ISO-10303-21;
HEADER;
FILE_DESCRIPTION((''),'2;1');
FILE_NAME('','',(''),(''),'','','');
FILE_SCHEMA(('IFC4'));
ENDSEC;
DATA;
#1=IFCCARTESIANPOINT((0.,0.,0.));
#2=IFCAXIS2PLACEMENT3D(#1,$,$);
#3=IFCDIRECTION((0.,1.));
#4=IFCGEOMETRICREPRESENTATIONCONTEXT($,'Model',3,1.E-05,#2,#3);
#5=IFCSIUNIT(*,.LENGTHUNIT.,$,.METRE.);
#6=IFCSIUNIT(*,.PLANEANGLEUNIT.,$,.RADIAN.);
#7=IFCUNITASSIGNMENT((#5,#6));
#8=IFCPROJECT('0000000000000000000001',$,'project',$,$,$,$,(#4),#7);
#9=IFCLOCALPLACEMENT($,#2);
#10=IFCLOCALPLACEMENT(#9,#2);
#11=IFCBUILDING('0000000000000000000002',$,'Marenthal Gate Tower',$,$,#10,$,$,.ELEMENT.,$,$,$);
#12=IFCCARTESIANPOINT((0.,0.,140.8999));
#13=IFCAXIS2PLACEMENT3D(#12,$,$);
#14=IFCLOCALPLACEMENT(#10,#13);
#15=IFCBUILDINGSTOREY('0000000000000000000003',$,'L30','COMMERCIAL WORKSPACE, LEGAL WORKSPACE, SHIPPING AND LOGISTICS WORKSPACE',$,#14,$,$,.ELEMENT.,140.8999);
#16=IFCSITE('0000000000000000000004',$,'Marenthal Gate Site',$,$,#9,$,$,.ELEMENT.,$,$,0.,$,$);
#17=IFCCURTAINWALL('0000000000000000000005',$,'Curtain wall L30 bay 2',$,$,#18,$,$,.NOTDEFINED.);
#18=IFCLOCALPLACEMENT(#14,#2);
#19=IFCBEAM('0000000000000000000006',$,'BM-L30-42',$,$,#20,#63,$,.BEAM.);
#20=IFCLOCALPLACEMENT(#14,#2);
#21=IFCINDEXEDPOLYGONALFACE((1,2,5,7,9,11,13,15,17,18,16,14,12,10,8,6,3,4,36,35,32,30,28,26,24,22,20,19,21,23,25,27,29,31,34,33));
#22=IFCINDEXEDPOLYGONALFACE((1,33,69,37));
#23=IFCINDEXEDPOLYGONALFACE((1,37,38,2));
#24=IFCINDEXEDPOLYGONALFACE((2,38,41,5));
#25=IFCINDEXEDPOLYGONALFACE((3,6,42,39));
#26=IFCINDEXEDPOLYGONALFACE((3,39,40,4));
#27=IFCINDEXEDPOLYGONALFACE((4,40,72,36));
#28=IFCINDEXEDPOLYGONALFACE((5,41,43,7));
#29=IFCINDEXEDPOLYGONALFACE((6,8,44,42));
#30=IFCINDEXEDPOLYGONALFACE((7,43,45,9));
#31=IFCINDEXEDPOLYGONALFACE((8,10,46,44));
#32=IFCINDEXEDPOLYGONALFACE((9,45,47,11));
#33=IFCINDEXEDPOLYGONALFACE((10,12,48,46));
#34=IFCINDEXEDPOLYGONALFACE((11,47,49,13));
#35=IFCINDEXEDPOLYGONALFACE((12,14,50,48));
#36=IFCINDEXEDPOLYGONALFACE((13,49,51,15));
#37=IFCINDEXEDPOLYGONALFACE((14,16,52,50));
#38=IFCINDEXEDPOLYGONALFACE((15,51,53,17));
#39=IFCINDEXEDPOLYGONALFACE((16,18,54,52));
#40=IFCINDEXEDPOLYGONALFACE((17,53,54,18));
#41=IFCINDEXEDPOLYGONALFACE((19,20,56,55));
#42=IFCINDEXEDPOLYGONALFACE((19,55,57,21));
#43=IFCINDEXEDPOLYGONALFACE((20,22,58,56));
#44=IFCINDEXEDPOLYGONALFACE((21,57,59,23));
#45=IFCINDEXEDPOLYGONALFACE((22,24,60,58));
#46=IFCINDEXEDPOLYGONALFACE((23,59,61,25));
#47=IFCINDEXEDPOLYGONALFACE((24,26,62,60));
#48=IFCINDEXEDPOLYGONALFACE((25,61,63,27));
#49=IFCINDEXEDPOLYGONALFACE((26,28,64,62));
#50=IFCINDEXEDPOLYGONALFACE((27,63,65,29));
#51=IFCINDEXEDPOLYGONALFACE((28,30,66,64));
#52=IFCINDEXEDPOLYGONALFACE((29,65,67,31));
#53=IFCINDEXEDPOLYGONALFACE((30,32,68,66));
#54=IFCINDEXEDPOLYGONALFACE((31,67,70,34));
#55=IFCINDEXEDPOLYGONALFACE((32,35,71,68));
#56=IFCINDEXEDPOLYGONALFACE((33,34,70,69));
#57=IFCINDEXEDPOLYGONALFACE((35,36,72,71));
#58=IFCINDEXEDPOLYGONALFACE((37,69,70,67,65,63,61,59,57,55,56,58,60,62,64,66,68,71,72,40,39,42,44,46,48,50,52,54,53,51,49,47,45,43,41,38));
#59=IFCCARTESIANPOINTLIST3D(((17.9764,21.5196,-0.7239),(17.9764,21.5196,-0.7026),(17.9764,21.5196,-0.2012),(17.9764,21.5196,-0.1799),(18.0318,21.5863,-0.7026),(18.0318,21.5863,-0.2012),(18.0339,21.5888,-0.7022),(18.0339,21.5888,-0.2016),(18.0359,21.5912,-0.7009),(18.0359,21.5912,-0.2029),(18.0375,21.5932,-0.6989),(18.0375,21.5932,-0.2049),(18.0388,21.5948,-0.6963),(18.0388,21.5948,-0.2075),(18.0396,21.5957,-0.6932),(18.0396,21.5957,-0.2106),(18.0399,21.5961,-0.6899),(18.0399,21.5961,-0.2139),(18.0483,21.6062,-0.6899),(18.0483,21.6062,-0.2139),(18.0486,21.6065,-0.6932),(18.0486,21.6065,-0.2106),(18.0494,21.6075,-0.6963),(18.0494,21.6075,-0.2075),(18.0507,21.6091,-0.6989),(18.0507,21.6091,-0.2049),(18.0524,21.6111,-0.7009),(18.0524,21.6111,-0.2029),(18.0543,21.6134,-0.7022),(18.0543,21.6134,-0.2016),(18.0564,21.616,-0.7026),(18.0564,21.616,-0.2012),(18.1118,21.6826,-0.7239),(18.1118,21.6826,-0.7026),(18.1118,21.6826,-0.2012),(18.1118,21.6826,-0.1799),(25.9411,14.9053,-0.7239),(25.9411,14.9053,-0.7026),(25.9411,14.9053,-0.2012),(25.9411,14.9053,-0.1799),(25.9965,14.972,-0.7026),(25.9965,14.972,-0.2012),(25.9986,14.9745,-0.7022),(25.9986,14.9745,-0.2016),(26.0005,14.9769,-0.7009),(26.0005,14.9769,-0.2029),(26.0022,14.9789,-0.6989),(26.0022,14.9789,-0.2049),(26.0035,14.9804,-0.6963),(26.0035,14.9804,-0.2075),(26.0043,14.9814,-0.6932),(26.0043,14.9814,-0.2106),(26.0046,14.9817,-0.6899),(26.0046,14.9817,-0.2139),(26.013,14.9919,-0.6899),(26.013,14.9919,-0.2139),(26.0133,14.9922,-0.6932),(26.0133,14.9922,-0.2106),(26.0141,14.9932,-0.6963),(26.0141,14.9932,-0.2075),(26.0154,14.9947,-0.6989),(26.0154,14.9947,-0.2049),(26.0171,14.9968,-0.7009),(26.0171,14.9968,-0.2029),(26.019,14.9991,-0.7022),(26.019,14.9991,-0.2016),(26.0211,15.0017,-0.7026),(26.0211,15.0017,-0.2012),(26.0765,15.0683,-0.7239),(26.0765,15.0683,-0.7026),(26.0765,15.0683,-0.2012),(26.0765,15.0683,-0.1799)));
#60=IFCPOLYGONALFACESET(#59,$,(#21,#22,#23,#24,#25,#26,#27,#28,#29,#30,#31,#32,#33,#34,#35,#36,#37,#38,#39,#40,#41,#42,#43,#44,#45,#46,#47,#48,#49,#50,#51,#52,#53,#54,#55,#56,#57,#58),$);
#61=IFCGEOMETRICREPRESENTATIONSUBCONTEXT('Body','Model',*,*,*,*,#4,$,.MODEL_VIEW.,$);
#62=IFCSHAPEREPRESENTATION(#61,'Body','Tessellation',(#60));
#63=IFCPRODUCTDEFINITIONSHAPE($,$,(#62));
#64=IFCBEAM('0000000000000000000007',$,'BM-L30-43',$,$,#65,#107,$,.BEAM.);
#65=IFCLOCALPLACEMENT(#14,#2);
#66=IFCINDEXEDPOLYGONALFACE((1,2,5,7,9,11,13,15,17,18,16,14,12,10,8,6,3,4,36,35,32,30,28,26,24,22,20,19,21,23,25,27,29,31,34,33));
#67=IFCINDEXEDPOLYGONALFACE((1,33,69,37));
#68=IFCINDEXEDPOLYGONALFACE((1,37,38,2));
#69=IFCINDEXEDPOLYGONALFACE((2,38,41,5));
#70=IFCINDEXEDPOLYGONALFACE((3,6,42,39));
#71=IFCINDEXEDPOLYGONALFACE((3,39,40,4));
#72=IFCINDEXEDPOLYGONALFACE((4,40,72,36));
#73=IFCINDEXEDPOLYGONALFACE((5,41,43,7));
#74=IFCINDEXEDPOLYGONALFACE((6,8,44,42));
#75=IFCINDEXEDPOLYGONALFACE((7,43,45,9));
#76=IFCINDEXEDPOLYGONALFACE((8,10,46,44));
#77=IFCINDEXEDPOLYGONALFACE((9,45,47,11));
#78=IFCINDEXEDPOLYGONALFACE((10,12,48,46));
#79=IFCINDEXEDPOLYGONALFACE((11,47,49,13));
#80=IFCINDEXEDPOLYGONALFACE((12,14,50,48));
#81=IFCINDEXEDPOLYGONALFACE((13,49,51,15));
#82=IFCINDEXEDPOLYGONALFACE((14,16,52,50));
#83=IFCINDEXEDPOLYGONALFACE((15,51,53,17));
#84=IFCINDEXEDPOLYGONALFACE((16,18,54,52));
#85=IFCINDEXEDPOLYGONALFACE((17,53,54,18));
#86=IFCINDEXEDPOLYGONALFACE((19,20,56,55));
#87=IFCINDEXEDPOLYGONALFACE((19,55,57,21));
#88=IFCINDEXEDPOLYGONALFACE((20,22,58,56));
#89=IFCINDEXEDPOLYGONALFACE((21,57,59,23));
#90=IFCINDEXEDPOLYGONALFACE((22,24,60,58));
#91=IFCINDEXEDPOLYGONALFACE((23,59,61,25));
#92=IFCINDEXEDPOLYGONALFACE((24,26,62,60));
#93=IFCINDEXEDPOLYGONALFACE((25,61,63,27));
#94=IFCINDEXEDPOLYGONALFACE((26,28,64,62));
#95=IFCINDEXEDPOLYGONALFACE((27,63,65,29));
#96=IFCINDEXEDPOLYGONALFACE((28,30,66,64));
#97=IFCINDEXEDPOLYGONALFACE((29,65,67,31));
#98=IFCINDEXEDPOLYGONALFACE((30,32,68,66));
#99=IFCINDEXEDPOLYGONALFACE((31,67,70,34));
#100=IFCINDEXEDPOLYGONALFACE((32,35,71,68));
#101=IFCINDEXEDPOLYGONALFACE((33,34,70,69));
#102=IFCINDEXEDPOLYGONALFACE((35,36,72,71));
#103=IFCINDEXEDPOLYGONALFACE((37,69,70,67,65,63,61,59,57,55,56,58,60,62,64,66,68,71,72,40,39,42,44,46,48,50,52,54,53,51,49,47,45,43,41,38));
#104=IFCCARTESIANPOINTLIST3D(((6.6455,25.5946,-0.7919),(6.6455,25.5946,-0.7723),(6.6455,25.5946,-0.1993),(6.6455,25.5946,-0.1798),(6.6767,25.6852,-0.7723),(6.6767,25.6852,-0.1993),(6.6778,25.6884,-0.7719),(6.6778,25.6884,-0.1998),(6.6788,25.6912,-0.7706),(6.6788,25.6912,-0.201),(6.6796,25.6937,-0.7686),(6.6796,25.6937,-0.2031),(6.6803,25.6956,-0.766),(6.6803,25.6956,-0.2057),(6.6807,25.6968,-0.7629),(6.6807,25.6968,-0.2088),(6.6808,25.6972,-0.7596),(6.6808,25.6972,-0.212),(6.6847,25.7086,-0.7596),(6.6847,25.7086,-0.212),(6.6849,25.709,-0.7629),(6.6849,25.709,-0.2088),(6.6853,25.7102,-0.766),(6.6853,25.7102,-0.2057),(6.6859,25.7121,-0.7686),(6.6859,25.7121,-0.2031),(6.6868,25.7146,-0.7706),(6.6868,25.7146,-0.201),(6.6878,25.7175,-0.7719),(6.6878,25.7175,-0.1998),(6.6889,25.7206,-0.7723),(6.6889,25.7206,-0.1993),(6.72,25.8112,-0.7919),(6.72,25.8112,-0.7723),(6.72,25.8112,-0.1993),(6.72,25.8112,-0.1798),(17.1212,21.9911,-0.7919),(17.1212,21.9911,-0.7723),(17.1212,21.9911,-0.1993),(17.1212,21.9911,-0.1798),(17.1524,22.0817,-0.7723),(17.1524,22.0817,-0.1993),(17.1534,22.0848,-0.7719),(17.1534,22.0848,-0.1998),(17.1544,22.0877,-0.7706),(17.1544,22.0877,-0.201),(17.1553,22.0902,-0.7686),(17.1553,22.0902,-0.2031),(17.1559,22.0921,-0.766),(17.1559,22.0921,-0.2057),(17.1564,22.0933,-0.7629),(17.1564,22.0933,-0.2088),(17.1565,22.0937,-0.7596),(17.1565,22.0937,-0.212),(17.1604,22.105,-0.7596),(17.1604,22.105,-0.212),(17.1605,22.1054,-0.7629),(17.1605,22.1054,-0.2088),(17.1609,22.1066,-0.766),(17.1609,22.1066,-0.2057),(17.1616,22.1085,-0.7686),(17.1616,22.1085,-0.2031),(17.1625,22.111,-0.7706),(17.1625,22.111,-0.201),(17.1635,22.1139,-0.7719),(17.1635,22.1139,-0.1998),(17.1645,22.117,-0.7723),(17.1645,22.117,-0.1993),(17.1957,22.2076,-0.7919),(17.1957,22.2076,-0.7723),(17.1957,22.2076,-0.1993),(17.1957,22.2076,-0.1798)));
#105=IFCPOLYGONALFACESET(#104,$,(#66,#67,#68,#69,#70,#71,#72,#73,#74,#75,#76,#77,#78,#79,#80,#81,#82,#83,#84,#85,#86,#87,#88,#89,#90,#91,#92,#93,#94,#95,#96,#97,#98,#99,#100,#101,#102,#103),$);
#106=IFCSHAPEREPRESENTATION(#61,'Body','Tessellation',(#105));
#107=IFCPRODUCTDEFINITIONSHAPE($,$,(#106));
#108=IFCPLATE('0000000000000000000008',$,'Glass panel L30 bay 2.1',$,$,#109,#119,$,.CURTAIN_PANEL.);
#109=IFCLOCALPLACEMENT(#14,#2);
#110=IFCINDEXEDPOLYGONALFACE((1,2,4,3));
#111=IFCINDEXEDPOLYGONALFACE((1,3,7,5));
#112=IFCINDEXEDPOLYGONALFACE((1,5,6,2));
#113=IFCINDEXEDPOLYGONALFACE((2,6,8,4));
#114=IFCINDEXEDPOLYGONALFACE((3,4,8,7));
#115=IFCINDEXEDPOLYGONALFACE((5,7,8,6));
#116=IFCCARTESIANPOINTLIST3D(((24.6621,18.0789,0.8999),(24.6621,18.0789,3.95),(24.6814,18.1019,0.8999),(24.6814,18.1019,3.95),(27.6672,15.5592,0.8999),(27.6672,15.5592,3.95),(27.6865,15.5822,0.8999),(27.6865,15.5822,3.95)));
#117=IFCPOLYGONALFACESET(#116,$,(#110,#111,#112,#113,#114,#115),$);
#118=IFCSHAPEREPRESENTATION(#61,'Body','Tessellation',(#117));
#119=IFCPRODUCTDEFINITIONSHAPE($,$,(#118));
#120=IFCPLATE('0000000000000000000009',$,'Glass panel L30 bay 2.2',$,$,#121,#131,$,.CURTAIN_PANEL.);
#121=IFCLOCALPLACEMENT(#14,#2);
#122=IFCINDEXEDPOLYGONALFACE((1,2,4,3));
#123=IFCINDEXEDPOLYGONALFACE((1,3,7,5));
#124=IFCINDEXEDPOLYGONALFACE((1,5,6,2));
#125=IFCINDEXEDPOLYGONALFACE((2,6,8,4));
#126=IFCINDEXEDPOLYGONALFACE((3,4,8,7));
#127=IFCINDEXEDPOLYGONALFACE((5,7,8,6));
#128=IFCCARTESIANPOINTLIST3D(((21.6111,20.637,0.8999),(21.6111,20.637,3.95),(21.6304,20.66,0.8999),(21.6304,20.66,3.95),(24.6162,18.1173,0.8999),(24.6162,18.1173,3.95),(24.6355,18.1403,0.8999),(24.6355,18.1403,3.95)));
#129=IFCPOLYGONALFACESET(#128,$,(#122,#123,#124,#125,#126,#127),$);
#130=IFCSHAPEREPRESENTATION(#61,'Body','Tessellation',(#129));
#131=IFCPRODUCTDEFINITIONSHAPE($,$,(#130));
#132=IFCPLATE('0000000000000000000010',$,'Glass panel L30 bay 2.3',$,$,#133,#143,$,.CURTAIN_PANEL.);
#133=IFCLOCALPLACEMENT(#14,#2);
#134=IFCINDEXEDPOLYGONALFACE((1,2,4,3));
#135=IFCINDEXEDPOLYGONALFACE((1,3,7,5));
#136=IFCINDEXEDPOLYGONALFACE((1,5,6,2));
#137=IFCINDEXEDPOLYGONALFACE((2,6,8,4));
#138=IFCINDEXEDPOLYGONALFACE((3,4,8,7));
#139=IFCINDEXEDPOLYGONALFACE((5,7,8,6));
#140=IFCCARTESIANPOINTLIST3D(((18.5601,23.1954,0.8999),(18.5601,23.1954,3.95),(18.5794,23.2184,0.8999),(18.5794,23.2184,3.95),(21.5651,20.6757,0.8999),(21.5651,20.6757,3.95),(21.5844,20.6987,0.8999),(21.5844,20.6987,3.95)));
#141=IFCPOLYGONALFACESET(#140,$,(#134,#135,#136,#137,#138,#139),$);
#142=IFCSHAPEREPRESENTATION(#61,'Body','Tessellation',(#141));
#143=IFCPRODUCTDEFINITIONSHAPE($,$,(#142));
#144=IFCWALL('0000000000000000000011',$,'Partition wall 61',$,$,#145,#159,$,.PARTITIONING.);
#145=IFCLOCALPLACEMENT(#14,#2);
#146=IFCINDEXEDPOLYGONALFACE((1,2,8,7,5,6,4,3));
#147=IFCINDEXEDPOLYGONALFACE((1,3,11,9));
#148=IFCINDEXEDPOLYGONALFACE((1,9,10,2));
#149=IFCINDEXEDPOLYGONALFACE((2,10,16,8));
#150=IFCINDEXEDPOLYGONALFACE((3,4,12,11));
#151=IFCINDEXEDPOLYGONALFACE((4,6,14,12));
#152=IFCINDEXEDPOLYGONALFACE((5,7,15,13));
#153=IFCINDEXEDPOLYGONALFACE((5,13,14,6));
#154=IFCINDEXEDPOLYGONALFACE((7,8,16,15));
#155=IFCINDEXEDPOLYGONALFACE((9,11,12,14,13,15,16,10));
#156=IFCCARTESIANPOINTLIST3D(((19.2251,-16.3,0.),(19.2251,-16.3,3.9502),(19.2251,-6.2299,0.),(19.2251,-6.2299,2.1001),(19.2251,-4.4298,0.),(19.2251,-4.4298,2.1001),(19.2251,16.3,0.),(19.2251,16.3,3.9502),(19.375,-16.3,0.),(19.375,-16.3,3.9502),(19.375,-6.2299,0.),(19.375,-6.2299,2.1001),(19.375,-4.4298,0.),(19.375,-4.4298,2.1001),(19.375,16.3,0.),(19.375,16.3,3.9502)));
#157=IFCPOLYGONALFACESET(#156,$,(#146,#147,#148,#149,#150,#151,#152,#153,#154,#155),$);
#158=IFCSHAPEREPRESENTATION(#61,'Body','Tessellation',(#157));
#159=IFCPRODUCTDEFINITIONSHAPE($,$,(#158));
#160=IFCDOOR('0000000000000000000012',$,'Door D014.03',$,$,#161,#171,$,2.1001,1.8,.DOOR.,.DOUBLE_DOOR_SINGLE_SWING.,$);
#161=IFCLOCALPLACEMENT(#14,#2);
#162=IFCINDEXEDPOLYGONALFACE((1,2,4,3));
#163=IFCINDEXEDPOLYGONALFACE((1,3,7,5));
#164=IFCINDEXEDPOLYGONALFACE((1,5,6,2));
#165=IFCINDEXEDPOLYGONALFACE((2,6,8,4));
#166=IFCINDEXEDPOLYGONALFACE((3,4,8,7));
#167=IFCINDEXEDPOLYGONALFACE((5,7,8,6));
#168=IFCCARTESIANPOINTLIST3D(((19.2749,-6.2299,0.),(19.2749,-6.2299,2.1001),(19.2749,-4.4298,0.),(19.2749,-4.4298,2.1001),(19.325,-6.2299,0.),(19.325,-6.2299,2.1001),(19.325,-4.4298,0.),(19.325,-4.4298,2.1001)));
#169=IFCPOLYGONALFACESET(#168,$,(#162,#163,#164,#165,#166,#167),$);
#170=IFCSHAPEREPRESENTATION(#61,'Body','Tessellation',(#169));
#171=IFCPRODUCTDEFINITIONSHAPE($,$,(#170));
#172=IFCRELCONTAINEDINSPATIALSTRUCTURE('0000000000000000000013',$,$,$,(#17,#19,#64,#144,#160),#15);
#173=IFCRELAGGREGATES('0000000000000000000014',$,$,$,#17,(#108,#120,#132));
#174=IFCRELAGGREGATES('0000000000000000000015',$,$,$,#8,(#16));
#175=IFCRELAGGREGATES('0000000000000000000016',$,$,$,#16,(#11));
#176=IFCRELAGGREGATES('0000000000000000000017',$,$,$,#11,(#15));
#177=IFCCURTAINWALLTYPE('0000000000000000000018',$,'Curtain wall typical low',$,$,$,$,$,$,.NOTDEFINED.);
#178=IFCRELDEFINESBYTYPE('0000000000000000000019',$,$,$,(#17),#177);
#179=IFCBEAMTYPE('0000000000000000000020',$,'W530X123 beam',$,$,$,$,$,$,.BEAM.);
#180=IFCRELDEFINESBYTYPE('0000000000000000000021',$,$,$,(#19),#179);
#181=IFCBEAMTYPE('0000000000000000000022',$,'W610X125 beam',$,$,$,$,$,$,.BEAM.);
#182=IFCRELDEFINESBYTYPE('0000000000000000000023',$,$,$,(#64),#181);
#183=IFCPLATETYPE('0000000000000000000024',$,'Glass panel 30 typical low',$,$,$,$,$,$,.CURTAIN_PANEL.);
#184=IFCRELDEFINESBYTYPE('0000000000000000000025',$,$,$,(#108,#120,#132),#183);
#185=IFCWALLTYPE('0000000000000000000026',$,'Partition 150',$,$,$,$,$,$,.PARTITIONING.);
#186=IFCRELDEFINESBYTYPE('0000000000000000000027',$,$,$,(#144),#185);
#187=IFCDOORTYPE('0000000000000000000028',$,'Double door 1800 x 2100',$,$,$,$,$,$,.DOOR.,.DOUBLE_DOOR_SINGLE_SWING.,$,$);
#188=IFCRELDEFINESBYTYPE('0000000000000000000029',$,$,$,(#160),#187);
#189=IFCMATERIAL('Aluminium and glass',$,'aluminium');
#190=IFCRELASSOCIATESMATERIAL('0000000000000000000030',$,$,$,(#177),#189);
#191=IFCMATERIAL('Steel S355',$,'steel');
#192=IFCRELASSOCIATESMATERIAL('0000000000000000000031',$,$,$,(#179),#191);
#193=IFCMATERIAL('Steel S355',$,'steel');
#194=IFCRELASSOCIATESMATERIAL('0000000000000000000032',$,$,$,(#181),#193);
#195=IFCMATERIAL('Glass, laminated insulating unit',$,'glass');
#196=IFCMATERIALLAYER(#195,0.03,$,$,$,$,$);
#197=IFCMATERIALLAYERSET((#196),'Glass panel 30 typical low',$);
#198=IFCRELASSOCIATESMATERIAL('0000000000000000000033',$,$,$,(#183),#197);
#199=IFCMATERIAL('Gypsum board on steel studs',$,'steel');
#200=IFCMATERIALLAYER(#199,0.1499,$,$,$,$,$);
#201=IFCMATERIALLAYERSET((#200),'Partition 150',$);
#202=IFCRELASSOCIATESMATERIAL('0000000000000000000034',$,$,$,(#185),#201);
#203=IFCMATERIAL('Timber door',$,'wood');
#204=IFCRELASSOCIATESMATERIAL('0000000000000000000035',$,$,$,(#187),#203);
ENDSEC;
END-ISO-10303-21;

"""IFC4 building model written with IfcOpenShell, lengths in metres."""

from ifc_helpers import new_model, si_unit, direction, frame, frame_2d, origin, origin_2d, place, context, subcontext, project, spatial, rectangle, i_section, extrude, material, layer, layer_set, material_profile, profile_set, type_object, element, fill, aggregate, save


model = new_model("IFC4")

# Units and contexts
model_context = context("Model", 3, precision=1e-05, world=origin(), true_north=direction((0.0, 1.0)))
body_context = subcontext(model_context, "Body", "Model", "MODEL_VIEW")
ifc_project = project(units=[si_unit("LENGTHUNIT", "METRE"), si_unit("PLANEANGLEUNIT", "RADIAN")], contexts=[model_context])

# Site, building, storey
site_placement = place(None, origin())
site = spatial("IfcSite", under=ifc_project, at=site_placement, Name="Marenthal Gate Site", CompositionType="ELEMENT", RefElevation=0.0)
building_placement = place(site_placement, origin())
building = spatial("IfcBuilding", under=site, at=building_placement, Name="Marenthal Gate Tower", CompositionType="ELEMENT")
storey_placement = place(building_placement, frame((0.0, 0.0, 140.8999)))
storey = spatial("IfcBuildingStorey", under=building, at=storey_placement, Name="L30", Description="COMMERCIAL WORKSPACE, LEGAL WORKSPACE, SHIPPING AND LOGISTICS WORKSPACE", CompositionType="ELEMENT", Elevation=140.8999)

# Curtain wall
ifc_material_1 = material(Name="Aluminium and glass", Category="aluminium")
curtain_wall_type = type_object("IfcCurtainWallType", Name="Curtain wall typical low", PredefinedType="NOTDEFINED", material=ifc_material_1)
curtain_wall_placement = place(storey_placement, origin())
curtain_wall = element("IfcCurtainWall", 1, at=curtain_wall_placement, inside=storey, type_object=curtain_wall_type, Name="Curtain wall L30 bay 2", PredefinedType="NOTDEFINED")

# Beams
ifc_material_2 = material(Name="Steel S355", Category="steel")
ifc_material_profile_1 = material_profile(ifc_material_2, i_section(OverallWidth=0.2119, OverallDepth=0.5439, WebThickness=0.0132, FlangeThickness=0.0212, FilletRadius=0.0127, at=origin_2d()), Name="W530X123")
ifc_profile_set_1 = profile_set([ifc_material_profile_1], Name="Steel S355")
beam_type_1 = type_object("IfcBeamType", Name="W530X123 beam", PredefinedType="BEAM", material=ifc_profile_set_1)
beam_1_placement = place(storey_placement, frame((26.0088, 14.9868, -0.4519), z_axis=(-0.769308, 0.638878, 0.0), x_axis=(-0.638878, -0.769308, 0.0)))
element("IfcBeam", 2, at=beam_1_placement, inside=storey, type_object=beam_type_1, Name="BM-L30-42", PredefinedType="BEAM", context=body_context, shape_type="SweptSolid", body=[
    extrude(i_section(OverallWidth=0.2119, OverallDepth=0.5439, WebThickness=0.0132, FlangeThickness=0.0212, FilletRadius=0.0127, at=origin_2d()), origin(), (0.0, 0.0, 1.0), 10.353),
])
ifc_material_3 = material(Name="Steel S355", Category="steel")
ifc_material_profile_2 = material_profile(ifc_material_3, i_section(OverallWidth=0.229, OverallDepth=0.6121, WebThickness=0.012, FlangeThickness=0.0195, FilletRadius=0.0127, at=origin_2d()), Name="W610X125")
ifc_profile_set_2 = profile_set([ifc_material_profile_2], Name="Steel S355")
beam_type_2 = type_object("IfcBeamType", Name="W610X125 beam", PredefinedType="BEAM", material=ifc_profile_set_2)
beam_2_placement = place(storey_placement, frame((17.1584, 22.0994, -0.4858), z_axis=(-0.945616, 0.325284, 0.0), x_axis=(-0.325284, -0.945616, 0.0)))
element("IfcBeam", 3, at=beam_2_placement, inside=storey, type_object=beam_type_2, Name="BM-L30-43", PredefinedType="BEAM", context=body_context, shape_type="SweptSolid", body=[
    extrude(i_section(OverallWidth=0.229, OverallDepth=0.6121, WebThickness=0.012, FlangeThickness=0.0195, FilletRadius=0.0127, at=origin_2d()), origin(), (0.0, 0.0, 1.0), 11.0781),
])

# Plates
ifc_material_4 = material(Name="Glass, laminated insulating unit", Category="glass")
ifc_layer_1 = layer(ifc_material_4, 0.03)
ifc_layer_set_1 = layer_set([ifc_layer_1], Name="Glass panel 30 typical low")
plate_type = type_object("IfcPlateType", Name="Glass panel 30 typical low", PredefinedType="CURTAIN_PANEL", material=ifc_layer_set_1)
plate_1_placement = place(storey_placement, frame((26.1743, 16.8306, 0.8999), z_axis=(0.0, 0.0, 1.0), x_axis=(-0.766277, 0.642511, 0.0)))
plate_1 = element("IfcPlate", 4, at=plate_1_placement, type_object=plate_type, Name="Glass panel L30 bay 2.1", PredefinedType="CURTAIN_PANEL", context=body_context, shape_type="SweptSolid", body=[
    extrude(rectangle(XDim=3.9216, YDim=0.03, at=origin_2d()), origin(), (0.0, 0.0, 1.0), 3.05),
])
plate_2_placement = place(storey_placement, frame((23.1233, 19.3887, 0.8999), z_axis=(0.0, 0.0, 1.0), x_axis=(-0.766277, 0.642511, 0.0)))
plate_2 = element("IfcPlate", 5, at=plate_2_placement, type_object=plate_type, Name="Glass panel L30 bay 2.2", PredefinedType="CURTAIN_PANEL", context=body_context, shape_type="SweptSolid", body=[
    extrude(rectangle(XDim=3.9216, YDim=0.03, at=origin_2d()), origin(), (0.0, 0.0, 1.0), 3.05),
])
plate_3_placement = place(storey_placement, frame((20.0723, 21.947, 0.8999), z_axis=(0.0, 0.0, 1.0), x_axis=(-0.766277, 0.642511, 0.0)))
plate_3 = element("IfcPlate", 6, at=plate_3_placement, type_object=plate_type, Name="Glass panel L30 bay 2.3", PredefinedType="CURTAIN_PANEL", context=body_context, shape_type="SweptSolid", body=[
    extrude(rectangle(XDim=3.9216, YDim=0.03, at=origin_2d()), origin(), (0.0, 0.0, 1.0), 3.05),
])
aggregate(curtain_wall, [plate_1, plate_2, plate_3])

# Wall, opening, door
ifc_material_5 = material(Name="Gypsum board on steel studs", Category="steel")
ifc_layer_2 = layer(ifc_material_5, 0.1499)
ifc_layer_set_2 = layer_set([ifc_layer_2], Name="Partition 150")
wall_type_1 = type_object("IfcWallType", Name="Partition 150", PredefinedType="PARTITIONING", material=ifc_layer_set_2)
wall_1_placement = place(storey_placement, frame((19.3, 16.3, 0.0), z_axis=(0.0, 0.0, 1.0), x_axis=(0.0, -1.0, 0.0)))
wall_1 = element("IfcWall", 7, at=wall_1_placement, inside=storey, type_object=wall_type_1, Name="Partition wall 61", PredefinedType="PARTITIONING", context=body_context, shape_type="SweptSolid", body=[
    extrude(rectangle(XDim=32.6001, YDim=0.1499, at=frame_2d((16.3, 0.0))), origin(), (0.0, 0.0, 1.0), 3.9502),
])
opening_1_placement = place(wall_1_placement, frame((20.73, 0.0, 0.0)))
opening_1 = element("IfcOpeningElement", 8, at=opening_1_placement, cuts=wall_1, PredefinedType="OPENING", context=body_context, shape_type="SweptSolid", body=[
    extrude(rectangle(XDim=1.8, YDim=2.1001, at=frame_2d((0.8999, 1.05))), frame((0.0, 0.085, 0.0), z_axis=(0.0, -1.0, 0.0), x_axis=(1.0, 0.0, 0.0)), (0.0, 0.0, 1.0), 0.1699),
])
ifc_material_6 = material(Name="Timber door", Category="wood")
door_type_1 = type_object("IfcDoorType", Name="Double door 1800 x 2100", OperationType="DOUBLE_DOOR_SINGLE_SWING", PredefinedType="DOOR", material=ifc_material_6)
door_1_placement = place(opening_1_placement, origin())
door_1 = element("IfcDoor", 9, at=door_1_placement, inside=storey, type_object=door_type_1, Name="Door D014.03", OperationType="DOUBLE_DOOR_SINGLE_SWING", OverallHeight=2.1001, OverallWidth=1.8, PredefinedType="DOOR", context=body_context, shape_type="SweptSolid", body=[
    extrude(rectangle(XDim=1.8, YDim=2.1001, at=frame_2d((0.8999, 1.05))), frame((0.0, 0.0249, 0.0), z_axis=(0.0, -1.0, 0.0), x_axis=(1.0, 0.0, 0.0)), (0.0, 0.0, 1.0), 0.05),
])
fill(opening_1, door_1)

save(model, "model.ifc")
